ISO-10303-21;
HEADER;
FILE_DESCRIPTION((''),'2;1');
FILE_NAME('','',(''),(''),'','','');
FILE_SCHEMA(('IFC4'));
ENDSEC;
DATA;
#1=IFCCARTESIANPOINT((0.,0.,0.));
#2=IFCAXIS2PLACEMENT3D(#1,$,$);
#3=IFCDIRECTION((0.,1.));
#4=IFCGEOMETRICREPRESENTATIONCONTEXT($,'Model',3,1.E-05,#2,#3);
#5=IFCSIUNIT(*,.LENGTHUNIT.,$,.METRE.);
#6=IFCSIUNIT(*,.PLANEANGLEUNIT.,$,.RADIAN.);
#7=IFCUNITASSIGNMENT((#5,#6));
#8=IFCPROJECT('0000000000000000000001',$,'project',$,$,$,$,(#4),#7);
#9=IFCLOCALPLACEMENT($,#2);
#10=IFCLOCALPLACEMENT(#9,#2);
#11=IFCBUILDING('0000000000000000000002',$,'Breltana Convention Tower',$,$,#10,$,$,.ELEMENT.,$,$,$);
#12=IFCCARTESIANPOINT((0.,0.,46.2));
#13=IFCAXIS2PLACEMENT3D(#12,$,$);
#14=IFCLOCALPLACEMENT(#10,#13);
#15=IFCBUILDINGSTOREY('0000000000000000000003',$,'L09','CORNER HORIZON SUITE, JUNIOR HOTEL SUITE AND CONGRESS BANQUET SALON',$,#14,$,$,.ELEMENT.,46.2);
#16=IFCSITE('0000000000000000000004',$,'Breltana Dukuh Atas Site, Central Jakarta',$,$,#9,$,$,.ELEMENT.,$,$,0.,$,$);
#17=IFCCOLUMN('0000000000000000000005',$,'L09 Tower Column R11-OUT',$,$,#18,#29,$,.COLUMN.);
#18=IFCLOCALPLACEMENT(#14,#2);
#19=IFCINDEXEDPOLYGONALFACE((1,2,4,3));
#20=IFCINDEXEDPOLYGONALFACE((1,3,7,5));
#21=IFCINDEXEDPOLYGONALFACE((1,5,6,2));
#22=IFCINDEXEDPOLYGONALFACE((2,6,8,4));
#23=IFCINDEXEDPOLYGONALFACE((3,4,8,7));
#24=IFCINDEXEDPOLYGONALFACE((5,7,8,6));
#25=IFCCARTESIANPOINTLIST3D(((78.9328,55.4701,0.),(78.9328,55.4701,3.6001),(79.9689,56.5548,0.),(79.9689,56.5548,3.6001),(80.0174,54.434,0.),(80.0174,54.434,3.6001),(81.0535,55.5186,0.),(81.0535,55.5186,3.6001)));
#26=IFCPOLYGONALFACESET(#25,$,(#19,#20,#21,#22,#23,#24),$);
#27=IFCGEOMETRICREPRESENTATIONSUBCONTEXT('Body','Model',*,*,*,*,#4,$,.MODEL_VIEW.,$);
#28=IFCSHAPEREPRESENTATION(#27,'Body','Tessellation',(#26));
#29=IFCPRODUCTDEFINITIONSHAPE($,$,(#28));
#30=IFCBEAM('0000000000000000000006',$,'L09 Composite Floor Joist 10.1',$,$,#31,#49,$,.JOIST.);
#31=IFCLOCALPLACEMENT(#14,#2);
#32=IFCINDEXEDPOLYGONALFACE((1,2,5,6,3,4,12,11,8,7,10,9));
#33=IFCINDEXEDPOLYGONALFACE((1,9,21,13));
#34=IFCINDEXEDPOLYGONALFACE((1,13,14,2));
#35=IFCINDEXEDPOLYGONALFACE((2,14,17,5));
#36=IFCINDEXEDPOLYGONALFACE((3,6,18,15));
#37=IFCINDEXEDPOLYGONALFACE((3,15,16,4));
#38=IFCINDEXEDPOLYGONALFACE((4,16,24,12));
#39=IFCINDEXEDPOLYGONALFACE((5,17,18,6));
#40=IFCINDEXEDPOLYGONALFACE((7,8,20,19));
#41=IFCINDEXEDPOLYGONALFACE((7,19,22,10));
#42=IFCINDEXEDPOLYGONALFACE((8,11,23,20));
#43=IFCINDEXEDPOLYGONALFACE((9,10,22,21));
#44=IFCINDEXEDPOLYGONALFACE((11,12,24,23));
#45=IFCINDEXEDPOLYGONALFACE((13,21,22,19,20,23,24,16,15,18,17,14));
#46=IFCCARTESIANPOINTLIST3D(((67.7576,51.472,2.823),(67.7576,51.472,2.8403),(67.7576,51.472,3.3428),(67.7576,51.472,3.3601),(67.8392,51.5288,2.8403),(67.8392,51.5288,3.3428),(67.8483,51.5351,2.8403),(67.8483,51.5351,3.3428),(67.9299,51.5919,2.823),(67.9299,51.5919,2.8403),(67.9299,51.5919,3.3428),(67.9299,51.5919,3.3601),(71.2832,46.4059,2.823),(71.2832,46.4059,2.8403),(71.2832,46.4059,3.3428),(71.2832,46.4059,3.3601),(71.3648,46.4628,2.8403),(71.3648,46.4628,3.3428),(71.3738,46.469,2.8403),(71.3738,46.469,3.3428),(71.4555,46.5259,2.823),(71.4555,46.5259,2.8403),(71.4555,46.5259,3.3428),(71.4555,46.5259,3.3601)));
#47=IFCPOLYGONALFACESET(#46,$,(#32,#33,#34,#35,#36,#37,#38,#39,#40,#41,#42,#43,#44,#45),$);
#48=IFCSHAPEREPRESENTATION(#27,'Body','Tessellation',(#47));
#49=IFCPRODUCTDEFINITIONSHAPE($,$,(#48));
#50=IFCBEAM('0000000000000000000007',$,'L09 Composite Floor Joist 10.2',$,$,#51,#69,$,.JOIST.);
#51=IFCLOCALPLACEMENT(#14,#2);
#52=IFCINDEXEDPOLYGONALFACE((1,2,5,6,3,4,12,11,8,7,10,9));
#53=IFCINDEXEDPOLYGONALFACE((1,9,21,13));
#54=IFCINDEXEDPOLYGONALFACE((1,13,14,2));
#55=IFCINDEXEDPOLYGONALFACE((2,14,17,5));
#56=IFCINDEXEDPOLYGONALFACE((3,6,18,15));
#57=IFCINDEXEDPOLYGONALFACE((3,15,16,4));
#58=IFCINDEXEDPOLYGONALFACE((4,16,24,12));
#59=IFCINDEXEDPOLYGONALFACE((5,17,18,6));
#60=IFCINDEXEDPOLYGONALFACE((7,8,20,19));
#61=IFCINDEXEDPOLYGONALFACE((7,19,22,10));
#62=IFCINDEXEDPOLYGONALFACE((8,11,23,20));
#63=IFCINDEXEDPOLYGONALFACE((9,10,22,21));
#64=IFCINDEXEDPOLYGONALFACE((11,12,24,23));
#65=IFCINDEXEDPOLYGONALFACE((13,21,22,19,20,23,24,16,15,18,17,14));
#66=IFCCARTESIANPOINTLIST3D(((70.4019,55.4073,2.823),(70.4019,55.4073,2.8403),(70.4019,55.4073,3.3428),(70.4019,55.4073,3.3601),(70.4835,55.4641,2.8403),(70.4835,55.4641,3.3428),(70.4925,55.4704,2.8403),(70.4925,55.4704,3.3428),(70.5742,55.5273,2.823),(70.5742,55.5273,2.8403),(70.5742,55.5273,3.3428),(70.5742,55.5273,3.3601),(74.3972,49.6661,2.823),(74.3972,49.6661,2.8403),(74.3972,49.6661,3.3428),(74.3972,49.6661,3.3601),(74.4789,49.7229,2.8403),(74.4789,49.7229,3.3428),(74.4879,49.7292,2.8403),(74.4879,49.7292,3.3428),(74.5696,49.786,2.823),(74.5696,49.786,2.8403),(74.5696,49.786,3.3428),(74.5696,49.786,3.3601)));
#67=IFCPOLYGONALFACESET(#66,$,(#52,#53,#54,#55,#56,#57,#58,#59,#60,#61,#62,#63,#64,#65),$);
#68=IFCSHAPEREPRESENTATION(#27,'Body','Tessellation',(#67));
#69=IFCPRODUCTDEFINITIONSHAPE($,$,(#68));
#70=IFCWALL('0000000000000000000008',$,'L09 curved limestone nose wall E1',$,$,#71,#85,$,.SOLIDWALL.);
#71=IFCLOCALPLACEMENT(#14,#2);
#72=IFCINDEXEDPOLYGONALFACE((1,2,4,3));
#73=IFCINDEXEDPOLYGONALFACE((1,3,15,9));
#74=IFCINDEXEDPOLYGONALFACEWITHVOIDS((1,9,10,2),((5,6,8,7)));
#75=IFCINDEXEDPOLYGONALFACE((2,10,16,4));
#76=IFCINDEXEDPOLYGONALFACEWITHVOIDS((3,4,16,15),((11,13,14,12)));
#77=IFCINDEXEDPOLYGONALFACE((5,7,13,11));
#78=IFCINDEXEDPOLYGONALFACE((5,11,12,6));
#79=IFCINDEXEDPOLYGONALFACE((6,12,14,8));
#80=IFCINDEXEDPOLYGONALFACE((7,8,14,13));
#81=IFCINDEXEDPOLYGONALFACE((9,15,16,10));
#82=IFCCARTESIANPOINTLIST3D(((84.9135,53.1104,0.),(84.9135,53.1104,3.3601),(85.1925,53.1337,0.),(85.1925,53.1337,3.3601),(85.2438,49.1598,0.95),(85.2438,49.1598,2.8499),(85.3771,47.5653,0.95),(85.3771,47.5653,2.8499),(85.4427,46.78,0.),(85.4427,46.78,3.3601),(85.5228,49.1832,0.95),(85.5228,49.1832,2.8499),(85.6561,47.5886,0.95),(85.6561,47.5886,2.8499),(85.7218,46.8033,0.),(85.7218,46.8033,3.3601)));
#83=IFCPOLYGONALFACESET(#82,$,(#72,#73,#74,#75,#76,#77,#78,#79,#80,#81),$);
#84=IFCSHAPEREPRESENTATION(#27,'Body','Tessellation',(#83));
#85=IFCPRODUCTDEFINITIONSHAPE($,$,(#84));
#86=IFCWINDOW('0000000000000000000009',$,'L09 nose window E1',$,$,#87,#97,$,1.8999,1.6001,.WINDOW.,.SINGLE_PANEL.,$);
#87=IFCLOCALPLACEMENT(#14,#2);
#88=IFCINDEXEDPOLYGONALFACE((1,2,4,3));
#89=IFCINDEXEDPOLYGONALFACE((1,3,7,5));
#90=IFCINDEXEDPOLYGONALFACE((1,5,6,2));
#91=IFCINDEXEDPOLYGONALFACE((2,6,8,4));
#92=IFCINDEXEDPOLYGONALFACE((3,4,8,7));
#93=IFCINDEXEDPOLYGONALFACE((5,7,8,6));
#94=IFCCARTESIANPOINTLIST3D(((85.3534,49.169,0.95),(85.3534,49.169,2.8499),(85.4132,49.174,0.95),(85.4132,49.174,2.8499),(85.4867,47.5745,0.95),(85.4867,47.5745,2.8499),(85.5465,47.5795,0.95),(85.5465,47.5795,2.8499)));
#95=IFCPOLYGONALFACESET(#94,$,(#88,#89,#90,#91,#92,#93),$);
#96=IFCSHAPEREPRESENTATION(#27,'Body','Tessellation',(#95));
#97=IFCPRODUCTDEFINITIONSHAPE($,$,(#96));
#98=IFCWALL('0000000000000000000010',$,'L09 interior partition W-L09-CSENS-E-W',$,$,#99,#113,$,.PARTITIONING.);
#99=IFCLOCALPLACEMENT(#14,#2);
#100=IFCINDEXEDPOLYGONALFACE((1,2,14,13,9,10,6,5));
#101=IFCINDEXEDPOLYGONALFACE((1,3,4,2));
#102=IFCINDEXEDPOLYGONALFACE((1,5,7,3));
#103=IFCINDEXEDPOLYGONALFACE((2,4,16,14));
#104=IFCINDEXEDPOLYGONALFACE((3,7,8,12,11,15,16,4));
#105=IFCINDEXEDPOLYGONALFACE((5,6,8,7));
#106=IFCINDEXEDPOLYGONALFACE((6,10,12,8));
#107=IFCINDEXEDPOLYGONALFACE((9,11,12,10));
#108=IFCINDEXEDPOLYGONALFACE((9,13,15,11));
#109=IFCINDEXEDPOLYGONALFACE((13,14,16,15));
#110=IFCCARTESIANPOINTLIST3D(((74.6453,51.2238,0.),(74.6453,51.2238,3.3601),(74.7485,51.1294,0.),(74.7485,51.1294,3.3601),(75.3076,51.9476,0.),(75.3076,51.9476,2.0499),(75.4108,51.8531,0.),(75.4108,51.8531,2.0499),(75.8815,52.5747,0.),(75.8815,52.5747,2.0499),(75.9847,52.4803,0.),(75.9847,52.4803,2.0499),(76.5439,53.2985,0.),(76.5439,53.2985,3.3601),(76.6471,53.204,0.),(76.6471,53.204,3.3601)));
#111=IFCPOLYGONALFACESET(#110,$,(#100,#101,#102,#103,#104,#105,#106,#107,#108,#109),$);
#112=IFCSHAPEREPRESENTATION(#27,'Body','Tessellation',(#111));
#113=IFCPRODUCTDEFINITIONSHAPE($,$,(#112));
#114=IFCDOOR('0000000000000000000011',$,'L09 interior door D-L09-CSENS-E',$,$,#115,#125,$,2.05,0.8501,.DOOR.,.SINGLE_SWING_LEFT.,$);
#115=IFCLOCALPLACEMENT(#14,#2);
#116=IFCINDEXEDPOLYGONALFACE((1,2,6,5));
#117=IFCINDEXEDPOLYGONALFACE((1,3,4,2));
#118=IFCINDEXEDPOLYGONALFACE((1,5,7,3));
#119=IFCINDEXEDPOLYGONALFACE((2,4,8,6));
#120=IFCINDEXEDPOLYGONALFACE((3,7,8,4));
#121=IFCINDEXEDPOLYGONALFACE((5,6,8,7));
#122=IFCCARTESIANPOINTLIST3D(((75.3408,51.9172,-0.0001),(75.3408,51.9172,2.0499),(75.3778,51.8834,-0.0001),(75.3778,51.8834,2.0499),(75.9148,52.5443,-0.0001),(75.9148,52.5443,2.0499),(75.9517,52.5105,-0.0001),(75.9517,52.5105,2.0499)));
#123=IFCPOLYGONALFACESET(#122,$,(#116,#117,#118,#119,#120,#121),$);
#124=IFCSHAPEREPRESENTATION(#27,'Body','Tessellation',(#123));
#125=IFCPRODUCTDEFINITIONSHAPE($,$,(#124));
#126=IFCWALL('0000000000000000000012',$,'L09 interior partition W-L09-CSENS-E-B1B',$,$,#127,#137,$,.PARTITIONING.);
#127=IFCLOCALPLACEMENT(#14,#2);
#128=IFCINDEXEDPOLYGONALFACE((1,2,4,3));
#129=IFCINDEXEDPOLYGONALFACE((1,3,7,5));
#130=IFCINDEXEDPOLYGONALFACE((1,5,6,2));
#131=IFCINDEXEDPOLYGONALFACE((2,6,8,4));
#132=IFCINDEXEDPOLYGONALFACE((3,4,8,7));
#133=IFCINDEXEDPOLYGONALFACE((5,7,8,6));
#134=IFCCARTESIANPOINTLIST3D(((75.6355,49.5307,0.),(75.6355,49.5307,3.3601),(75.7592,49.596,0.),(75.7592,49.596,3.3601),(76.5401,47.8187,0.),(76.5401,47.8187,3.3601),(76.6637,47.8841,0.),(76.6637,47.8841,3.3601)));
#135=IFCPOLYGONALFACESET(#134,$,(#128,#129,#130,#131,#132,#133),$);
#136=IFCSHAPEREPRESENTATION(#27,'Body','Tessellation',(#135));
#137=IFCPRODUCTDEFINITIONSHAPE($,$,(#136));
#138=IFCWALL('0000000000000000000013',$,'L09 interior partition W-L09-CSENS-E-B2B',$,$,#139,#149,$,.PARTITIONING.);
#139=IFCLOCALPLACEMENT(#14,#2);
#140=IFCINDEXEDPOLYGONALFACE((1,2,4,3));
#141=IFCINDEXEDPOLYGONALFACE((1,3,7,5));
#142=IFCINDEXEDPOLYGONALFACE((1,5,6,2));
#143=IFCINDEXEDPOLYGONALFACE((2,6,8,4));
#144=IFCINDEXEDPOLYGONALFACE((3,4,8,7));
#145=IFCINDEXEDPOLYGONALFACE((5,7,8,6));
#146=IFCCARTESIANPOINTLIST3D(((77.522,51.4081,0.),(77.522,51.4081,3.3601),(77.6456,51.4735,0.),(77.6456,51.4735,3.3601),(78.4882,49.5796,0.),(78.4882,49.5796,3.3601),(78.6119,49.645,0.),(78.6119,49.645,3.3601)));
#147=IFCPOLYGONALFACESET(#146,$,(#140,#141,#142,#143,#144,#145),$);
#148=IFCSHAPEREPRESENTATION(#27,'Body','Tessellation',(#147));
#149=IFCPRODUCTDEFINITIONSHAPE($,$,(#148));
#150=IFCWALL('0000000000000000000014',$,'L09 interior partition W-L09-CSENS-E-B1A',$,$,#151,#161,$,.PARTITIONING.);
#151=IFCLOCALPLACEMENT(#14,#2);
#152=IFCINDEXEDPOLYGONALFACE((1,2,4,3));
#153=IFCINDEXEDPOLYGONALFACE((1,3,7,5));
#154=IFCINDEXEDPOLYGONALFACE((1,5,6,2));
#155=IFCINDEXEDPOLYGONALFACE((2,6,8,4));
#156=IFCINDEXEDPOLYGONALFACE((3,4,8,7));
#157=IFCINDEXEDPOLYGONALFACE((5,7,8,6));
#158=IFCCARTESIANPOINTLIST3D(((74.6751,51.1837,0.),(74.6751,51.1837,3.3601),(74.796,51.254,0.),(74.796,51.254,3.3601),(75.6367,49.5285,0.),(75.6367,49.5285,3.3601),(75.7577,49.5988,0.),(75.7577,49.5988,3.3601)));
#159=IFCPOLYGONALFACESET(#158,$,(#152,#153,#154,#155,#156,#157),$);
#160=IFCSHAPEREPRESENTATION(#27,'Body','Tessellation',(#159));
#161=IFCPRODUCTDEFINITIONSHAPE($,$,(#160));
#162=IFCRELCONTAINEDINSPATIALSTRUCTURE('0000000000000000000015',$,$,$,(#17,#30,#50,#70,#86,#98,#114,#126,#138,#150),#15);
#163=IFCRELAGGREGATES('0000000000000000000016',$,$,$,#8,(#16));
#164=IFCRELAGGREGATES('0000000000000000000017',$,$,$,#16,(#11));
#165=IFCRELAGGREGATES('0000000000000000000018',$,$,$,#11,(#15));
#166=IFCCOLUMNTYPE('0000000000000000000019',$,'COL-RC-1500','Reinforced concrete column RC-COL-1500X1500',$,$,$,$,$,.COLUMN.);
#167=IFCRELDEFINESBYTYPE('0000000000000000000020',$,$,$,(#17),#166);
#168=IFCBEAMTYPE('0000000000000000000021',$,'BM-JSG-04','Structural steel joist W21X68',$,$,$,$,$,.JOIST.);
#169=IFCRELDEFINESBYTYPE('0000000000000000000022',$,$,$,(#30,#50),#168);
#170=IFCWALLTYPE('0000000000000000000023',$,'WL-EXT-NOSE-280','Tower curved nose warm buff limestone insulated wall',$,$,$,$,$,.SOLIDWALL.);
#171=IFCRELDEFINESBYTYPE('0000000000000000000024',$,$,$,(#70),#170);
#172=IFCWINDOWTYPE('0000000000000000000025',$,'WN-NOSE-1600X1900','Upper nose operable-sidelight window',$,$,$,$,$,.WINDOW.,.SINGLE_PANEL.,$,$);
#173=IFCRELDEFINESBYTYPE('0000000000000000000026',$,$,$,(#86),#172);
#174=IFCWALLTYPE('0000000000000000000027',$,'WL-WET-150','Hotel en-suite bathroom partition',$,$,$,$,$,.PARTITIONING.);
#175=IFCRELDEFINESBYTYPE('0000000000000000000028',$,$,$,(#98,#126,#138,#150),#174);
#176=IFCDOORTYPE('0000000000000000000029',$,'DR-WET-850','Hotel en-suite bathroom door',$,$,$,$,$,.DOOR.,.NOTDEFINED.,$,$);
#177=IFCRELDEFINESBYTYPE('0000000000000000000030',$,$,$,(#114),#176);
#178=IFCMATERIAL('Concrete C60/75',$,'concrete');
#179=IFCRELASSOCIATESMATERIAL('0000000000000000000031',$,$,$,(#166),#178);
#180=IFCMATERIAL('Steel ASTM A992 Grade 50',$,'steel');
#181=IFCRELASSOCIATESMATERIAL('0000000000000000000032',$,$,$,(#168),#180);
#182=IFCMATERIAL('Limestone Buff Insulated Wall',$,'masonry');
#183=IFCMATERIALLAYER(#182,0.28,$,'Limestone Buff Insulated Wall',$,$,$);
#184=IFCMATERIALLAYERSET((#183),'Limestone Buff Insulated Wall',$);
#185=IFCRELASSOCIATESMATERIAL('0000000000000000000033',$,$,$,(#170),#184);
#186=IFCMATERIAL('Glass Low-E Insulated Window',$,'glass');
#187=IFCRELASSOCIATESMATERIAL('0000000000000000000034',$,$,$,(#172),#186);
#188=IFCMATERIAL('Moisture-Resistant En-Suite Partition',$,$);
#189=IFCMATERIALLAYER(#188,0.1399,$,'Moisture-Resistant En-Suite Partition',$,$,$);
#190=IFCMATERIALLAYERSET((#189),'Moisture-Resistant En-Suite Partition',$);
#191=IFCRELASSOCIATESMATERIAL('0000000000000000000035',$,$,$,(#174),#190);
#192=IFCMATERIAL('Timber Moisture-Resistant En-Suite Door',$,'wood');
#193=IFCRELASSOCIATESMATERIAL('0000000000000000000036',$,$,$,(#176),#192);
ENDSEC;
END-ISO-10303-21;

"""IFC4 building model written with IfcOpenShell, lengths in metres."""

from ifc_helpers import new_model, si_unit, direction, frame, frame_2d, origin, origin_2d, place, context, subcontext, project, spatial, rectangle, i_section, extrude, source, transform, mapped, material, layer, layer_set, material_profile, profile_set, type_object, type_shapes, element, fill, save


model = new_model("IFC4")

# Units and contexts
model_context = context("Model", 3, precision=1e-05, world=origin(), true_north=direction((0.0, 1.0)))
body_context = subcontext(model_context, "Body", "Model", "MODEL_VIEW")
ifc_project = project(units=[si_unit("LENGTHUNIT", "METRE"), si_unit("PLANEANGLEUNIT", "RADIAN")], contexts=[model_context])

# Site, building, storey
site_placement = place(None, origin())
site = spatial("IfcSite", under=ifc_project, at=site_placement, Name="Breltana Dukuh Atas Site, Central Jakarta", CompositionType="ELEMENT", RefElevation=0.0)
building_placement = place(site_placement, origin())
building = spatial("IfcBuilding", under=site, at=building_placement, Name="Breltana Convention Tower", CompositionType="ELEMENT")
storey_placement = place(building_placement, frame((0.0, 0.0, 46.2)))
storey = spatial("IfcBuildingStorey", under=building, at=storey_placement, Name="L09", Description="CORNER HORIZON SUITE, JUNIOR HOTEL SUITE AND CONGRESS BANQUET SALON", CompositionType="ELEMENT", Elevation=46.2)

# Column
ifc_material_1 = material(Name="Concrete C60/75", Category="concrete")
ifc_material_profile_1 = material_profile(ifc_material_1, rectangle(XDim=1.5, YDim=1.5, at=origin_2d()), Name="RC-COL-1500X1500")
ifc_profile_set_1 = profile_set([ifc_material_profile_1], Name="Concrete C60/75")
column_type = type_object("IfcColumnType", Name="COL-RC-1500", Description="Reinforced concrete column RC-COL-1500X1500", PredefinedType="COLUMN", material=ifc_profile_set_1)
shared_shape_1 = source(origin(), body_context, "Body", "SweptSolid", [
    extrude(rectangle(XDim=1.5, YDim=1.5, at=origin_2d()), origin(), (0.0, 0.0, 1.0), 3.6001),
])
column_placement = place(storey_placement, frame((79.9932, 55.4944, 0.0), z_axis=(0.0, 0.0, 1.0), x_axis=(0.690756, 0.723088, 0.0)))
element("IfcColumn", 1, at=column_placement, inside=storey, type_object=column_type, Name="L09 Tower Column R11-OUT", PredefinedType="COLUMN", context=body_context, shape_type="MappedRepresentation", body=[
    mapped(shared_shape_1, transform((0.0, 0.0, 0.0), scale=1.0)),
])

# Beams
ifc_material_2 = material(Name="Steel ASTM A992 Grade 50", Category="steel")
ifc_material_profile_2 = material_profile(ifc_material_2, i_section(OverallWidth=0.21, OverallDepth=0.5371, WebThickness=0.011, FlangeThickness=0.0173, at=origin_2d()), Name="W21X68")
ifc_profile_set_2 = profile_set([ifc_material_profile_2], Name="Steel ASTM A992 Grade 50")
beam_type = type_object("IfcBeamType", Name="BM-JSG-04", Description="Structural steel joist W21X68", PredefinedType="JOIST", material=ifc_profile_set_2)
shared_shape_2 = source(origin(), body_context, "Body", "SweptSolid", [
    extrude(i_section(OverallWidth=0.21, OverallDepth=0.5371, WebThickness=0.011, FlangeThickness=0.0173, at=origin_2d()), origin(), (0.0, 0.0, 1.0), 6.1721),
])
beam_1_placement = place(storey_placement, frame((67.8438, 51.532, 3.0916), z_axis=(0.571212, -0.820803, 0.0), x_axis=(0.820803, 0.571212, 0.0)))
element("IfcBeam", 2, at=beam_1_placement, inside=storey, type_object=beam_type, Name="L09 Composite Floor Joist 10.1", PredefinedType="JOIST", context=body_context, shape_type="MappedRepresentation", body=[
    mapped(shared_shape_2, transform((0.0, 0.0, 0.0), scale=1.0)),
])
shared_shape_3 = source(origin(), body_context, "Body", "SweptSolid", [
    extrude(i_section(OverallWidth=0.21, OverallDepth=0.5371, WebThickness=0.011, FlangeThickness=0.0173, at=origin_2d()), origin(), (0.0, 0.0, 1.0), 6.9946),
])
beam_2_placement = place(storey_placement, frame((70.488, 55.4673, 3.0916), z_axis=(0.571207, -0.820806, 0.0), x_axis=(0.820806, 0.571207, 0.0)))
element("IfcBeam", 3, at=beam_2_placement, inside=storey, type_object=beam_type, Name="L09 Composite Floor Joist 10.2", PredefinedType="JOIST", context=body_context, shape_type="MappedRepresentation", body=[
    mapped(shared_shape_3, transform((0.0, 0.0, 0.0), scale=1.0)),
])

# Wall, opening, window
ifc_material_3 = material(Name="Limestone Buff Insulated Wall", Category="masonry")
ifc_layer_1 = layer(ifc_material_3, 0.28, Name="Limestone Buff Insulated Wall")
ifc_layer_set_1 = layer_set([ifc_layer_1], Name="Limestone Buff Insulated Wall")
wall_type_1 = type_object("IfcWallType", Name="WL-EXT-NOSE-280", Description="Tower curved nose warm buff limestone insulated wall", PredefinedType="SOLIDWALL", material=ifc_layer_set_1)
shared_shape_4 = source(origin(), body_context, "Body", "SweptSolid", [
    extrude(rectangle(XDim=6.3525, YDim=0.28, at=frame_2d((3.1763, 0.0))), origin(), (0.0, 0.0, 1.0), 3.3601),
])
wall_1_placement = place(storey_placement, frame((85.053, 53.1221, 0.0), z_axis=(0.0, 0.0, 1.0), x_axis=(0.083319, -0.996523, 0.0)))
wall_1 = element("IfcWall", 4, at=wall_1_placement, inside=storey, type_object=wall_type_1, Name="L09 curved limestone nose wall E1", PredefinedType="SOLIDWALL", context=body_context, shape_type="MappedRepresentation", body=[
    mapped(shared_shape_4, transform((0.0, 0.0, 0.0), scale=1.0)),
])
opening_1_placement = place(wall_1_placement, frame((3.9644, 0.0, 0.95)))
opening_1 = element("IfcOpeningElement", 5, at=opening_1_placement, cuts=wall_1, PredefinedType="OPENING", context=body_context, shape_type="SweptSolid", body=[
    extrude(rectangle(XDim=1.6001, YDim=1.8999, at=frame_2d((0.8, 0.95))), frame((0.0, 0.1499, 0.0), z_axis=(0.0, -1.0, 0.0), x_axis=(1.0, 0.0, 0.0)), (0.0, 0.0, 1.0), 0.3),
])
ifc_material_4 = material(Name="Glass Low-E Insulated Window", Category="glass")
window_type = type_object("IfcWindowType", Name="WN-NOSE-1600X1900", Description="Upper nose operable-sidelight window", PartitioningType="SINGLE_PANEL", PredefinedType="WINDOW", material=ifc_material_4)
shared_shape_5 = source(origin(), body_context, "Body", "SweptSolid", [
    extrude(rectangle(XDim=1.6001, YDim=1.8999, at=frame_2d((0.8, 0.95))), frame((0.0, 0.03, 0.0), z_axis=(0.0, -1.0, 0.0), x_axis=(1.0, 0.0, 0.0)), (0.0, 0.0, 1.0), 0.0601),
])
type_shapes(window_type, [shared_shape_5])
window_placement = place(opening_1_placement, origin())
window = element("IfcWindow", 6, at=window_placement, inside=storey, type_object=window_type, Name="L09 nose window E1", OverallHeight=1.8999, OverallWidth=1.6001, PartitioningType="SINGLE_PANEL", PredefinedType="WINDOW", context=body_context, shape_type="MappedRepresentation", body=[
    mapped(shared_shape_5, transform((0.0, 0.0, 0.0), scale=1.0)),
])
fill(opening_1, window)

# Wall, opening, door
ifc_material_5 = material(Name="Moisture-Resistant En-Suite Partition")
ifc_layer_2 = layer(ifc_material_5, 0.1399, Name="Moisture-Resistant En-Suite Partition")
ifc_layer_set_2 = layer_set([ifc_layer_2], Name="Moisture-Resistant En-Suite Partition")
wall_type_2 = type_object("IfcWallType", Name="WL-WET-150", Description="Hotel en-suite bathroom partition", PredefinedType="PARTITIONING", material=ifc_layer_set_2)
shared_shape_6 = source(origin(), body_context, "Body", "SweptSolid", [
    extrude(rectangle(XDim=2.8123, YDim=0.1399, at=frame_2d((1.4062, 0.0))), origin(), (0.0, 0.0, 1.0), 3.3601),
])
wall_2_placement = place(storey_placement, frame((74.6968, 51.1765, 0.0), z_axis=(0.0, 0.0, 1.0), x_axis=(0.675119, 0.737709, 0.0)))
wall_2 = element("IfcWall", 7, at=wall_2_placement, inside=storey, type_object=wall_type_2, Name="L09 interior partition W-L09-CSENS-E-W", PredefinedType="PARTITIONING", context=body_context, shape_type="MappedRepresentation", body=[
    mapped(shared_shape_6, transform((0.0, 0.0, 0.0), scale=1.0)),
])
opening_2_placement = place(wall_2_placement, frame((0.9812, 0.0, 0.0)))
opening_2 = element("IfcOpeningElement", 8, at=opening_2_placement, cuts=wall_2, PredefinedType="OPENING", context=body_context, shape_type="SweptSolid", body=[
    extrude(rectangle(XDim=0.8501, YDim=2.05, at=frame_2d((0.425, 1.0249))), frame((0.0, 0.0801, 0.0), z_axis=(0.0, -1.0, 0.0), x_axis=(1.0, 0.0, 0.0)), (0.0, 0.0, 1.0), 0.1599),
])
ifc_material_6 = material(Name="Timber Moisture-Resistant En-Suite Door", Category="wood")
door_type_1 = type_object("IfcDoorType", Name="DR-WET-850", Description="Hotel en-suite bathroom door", OperationType="NOTDEFINED", PredefinedType="DOOR", material=ifc_material_6)
shared_shape_7 = source(origin(), body_context, "Body", "SweptSolid", [
    extrude(rectangle(XDim=0.8501, YDim=2.05, at=frame_2d((0.425, 1.0249))), frame((0.0, 0.0249, 0.0), z_axis=(0.0, -1.0, 0.0), x_axis=(1.0, 0.0, 0.0)), (0.0, 0.0, 1.0), 0.05),
])
type_shapes(door_type_1, [shared_shape_7])
door_1_placement = place(opening_2_placement, origin())
door_1 = element("IfcDoor", 9, at=door_1_placement, inside=storey, type_object=door_type_1, Name="L09 interior door D-L09-CSENS-E", OperationType="SINGLE_SWING_LEFT", OverallHeight=2.05, OverallWidth=0.8501, PredefinedType="DOOR", context=body_context, shape_type="MappedRepresentation", body=[
    mapped(shared_shape_7, transform((0.0, 0.0, 0.0), scale=1.0)),
])
fill(opening_2, door_1)

# Walls
shared_shape_8 = source(origin(), body_context, "Body", "SweptSolid", [
    extrude(rectangle(XDim=1.9363, YDim=0.1399, at=frame_2d((0.9683, 0.0))), origin(), (0.0, 0.0, 1.0), 3.3601),
])
wall_3_placement = place(storey_placement, frame((75.6973, 49.5635, 0.0), z_axis=(0.0, 0.0, 1.0), x_axis=(0.467175, -0.884165, 0.0)))
element("IfcWall", 10, at=wall_3_placement, inside=storey, type_object=wall_type_2, Name="L09 interior partition W-L09-CSENS-E-B1B", PredefinedType="PARTITIONING", context=body_context, shape_type="MappedRepresentation", body=[
    mapped(shared_shape_8, transform((0.0, 0.0, 0.0), scale=1.0)),
])
shared_shape_9 = source(origin(), body_context, "Body", "SweptSolid", [
    extrude(rectangle(XDim=2.0681, YDim=0.1399, at=frame_2d((1.0342, 0.0))), origin(), (0.0, 0.0, 1.0), 3.3601),
])
wall_4_placement = place(storey_placement, frame((77.5837, 51.4409, 0.0), z_axis=(0.0, 0.0, 1.0), x_axis=(0.467215, -0.884144, 0.0)))
element("IfcWall", 11, at=wall_4_placement, inside=storey, type_object=wall_type_2, Name="L09 interior partition W-L09-CSENS-E-B2B", PredefinedType="PARTITIONING", context=body_context, shape_type="MappedRepresentation", body=[
    mapped(shared_shape_9, transform((0.0, 0.0, 0.0), scale=1.0)),
])
shared_shape_10 = source(origin(), body_context, "Body", "SweptSolid", [
    extrude(rectangle(XDim=1.9143, YDim=0.1399, at=frame_2d((0.957, 0.0))), origin(), (0.0, 0.0, 1.0), 3.3601),
])
wall_5_placement = place(storey_placement, frame((74.7356, 51.2188, 0.0), z_axis=(0.0, 0.0, 1.0), x_axis=(0.502348, -0.864666, 0.0)))
element("IfcWall", 12, at=wall_5_placement, inside=storey, type_object=wall_type_2, Name="L09 interior partition W-L09-CSENS-E-B1A", PredefinedType="PARTITIONING", context=body_context, shape_type="MappedRepresentation", body=[
    mapped(shared_shape_10, transform((0.0, 0.0, 0.0), scale=1.0)),
])

save(model, "model.ifc")
